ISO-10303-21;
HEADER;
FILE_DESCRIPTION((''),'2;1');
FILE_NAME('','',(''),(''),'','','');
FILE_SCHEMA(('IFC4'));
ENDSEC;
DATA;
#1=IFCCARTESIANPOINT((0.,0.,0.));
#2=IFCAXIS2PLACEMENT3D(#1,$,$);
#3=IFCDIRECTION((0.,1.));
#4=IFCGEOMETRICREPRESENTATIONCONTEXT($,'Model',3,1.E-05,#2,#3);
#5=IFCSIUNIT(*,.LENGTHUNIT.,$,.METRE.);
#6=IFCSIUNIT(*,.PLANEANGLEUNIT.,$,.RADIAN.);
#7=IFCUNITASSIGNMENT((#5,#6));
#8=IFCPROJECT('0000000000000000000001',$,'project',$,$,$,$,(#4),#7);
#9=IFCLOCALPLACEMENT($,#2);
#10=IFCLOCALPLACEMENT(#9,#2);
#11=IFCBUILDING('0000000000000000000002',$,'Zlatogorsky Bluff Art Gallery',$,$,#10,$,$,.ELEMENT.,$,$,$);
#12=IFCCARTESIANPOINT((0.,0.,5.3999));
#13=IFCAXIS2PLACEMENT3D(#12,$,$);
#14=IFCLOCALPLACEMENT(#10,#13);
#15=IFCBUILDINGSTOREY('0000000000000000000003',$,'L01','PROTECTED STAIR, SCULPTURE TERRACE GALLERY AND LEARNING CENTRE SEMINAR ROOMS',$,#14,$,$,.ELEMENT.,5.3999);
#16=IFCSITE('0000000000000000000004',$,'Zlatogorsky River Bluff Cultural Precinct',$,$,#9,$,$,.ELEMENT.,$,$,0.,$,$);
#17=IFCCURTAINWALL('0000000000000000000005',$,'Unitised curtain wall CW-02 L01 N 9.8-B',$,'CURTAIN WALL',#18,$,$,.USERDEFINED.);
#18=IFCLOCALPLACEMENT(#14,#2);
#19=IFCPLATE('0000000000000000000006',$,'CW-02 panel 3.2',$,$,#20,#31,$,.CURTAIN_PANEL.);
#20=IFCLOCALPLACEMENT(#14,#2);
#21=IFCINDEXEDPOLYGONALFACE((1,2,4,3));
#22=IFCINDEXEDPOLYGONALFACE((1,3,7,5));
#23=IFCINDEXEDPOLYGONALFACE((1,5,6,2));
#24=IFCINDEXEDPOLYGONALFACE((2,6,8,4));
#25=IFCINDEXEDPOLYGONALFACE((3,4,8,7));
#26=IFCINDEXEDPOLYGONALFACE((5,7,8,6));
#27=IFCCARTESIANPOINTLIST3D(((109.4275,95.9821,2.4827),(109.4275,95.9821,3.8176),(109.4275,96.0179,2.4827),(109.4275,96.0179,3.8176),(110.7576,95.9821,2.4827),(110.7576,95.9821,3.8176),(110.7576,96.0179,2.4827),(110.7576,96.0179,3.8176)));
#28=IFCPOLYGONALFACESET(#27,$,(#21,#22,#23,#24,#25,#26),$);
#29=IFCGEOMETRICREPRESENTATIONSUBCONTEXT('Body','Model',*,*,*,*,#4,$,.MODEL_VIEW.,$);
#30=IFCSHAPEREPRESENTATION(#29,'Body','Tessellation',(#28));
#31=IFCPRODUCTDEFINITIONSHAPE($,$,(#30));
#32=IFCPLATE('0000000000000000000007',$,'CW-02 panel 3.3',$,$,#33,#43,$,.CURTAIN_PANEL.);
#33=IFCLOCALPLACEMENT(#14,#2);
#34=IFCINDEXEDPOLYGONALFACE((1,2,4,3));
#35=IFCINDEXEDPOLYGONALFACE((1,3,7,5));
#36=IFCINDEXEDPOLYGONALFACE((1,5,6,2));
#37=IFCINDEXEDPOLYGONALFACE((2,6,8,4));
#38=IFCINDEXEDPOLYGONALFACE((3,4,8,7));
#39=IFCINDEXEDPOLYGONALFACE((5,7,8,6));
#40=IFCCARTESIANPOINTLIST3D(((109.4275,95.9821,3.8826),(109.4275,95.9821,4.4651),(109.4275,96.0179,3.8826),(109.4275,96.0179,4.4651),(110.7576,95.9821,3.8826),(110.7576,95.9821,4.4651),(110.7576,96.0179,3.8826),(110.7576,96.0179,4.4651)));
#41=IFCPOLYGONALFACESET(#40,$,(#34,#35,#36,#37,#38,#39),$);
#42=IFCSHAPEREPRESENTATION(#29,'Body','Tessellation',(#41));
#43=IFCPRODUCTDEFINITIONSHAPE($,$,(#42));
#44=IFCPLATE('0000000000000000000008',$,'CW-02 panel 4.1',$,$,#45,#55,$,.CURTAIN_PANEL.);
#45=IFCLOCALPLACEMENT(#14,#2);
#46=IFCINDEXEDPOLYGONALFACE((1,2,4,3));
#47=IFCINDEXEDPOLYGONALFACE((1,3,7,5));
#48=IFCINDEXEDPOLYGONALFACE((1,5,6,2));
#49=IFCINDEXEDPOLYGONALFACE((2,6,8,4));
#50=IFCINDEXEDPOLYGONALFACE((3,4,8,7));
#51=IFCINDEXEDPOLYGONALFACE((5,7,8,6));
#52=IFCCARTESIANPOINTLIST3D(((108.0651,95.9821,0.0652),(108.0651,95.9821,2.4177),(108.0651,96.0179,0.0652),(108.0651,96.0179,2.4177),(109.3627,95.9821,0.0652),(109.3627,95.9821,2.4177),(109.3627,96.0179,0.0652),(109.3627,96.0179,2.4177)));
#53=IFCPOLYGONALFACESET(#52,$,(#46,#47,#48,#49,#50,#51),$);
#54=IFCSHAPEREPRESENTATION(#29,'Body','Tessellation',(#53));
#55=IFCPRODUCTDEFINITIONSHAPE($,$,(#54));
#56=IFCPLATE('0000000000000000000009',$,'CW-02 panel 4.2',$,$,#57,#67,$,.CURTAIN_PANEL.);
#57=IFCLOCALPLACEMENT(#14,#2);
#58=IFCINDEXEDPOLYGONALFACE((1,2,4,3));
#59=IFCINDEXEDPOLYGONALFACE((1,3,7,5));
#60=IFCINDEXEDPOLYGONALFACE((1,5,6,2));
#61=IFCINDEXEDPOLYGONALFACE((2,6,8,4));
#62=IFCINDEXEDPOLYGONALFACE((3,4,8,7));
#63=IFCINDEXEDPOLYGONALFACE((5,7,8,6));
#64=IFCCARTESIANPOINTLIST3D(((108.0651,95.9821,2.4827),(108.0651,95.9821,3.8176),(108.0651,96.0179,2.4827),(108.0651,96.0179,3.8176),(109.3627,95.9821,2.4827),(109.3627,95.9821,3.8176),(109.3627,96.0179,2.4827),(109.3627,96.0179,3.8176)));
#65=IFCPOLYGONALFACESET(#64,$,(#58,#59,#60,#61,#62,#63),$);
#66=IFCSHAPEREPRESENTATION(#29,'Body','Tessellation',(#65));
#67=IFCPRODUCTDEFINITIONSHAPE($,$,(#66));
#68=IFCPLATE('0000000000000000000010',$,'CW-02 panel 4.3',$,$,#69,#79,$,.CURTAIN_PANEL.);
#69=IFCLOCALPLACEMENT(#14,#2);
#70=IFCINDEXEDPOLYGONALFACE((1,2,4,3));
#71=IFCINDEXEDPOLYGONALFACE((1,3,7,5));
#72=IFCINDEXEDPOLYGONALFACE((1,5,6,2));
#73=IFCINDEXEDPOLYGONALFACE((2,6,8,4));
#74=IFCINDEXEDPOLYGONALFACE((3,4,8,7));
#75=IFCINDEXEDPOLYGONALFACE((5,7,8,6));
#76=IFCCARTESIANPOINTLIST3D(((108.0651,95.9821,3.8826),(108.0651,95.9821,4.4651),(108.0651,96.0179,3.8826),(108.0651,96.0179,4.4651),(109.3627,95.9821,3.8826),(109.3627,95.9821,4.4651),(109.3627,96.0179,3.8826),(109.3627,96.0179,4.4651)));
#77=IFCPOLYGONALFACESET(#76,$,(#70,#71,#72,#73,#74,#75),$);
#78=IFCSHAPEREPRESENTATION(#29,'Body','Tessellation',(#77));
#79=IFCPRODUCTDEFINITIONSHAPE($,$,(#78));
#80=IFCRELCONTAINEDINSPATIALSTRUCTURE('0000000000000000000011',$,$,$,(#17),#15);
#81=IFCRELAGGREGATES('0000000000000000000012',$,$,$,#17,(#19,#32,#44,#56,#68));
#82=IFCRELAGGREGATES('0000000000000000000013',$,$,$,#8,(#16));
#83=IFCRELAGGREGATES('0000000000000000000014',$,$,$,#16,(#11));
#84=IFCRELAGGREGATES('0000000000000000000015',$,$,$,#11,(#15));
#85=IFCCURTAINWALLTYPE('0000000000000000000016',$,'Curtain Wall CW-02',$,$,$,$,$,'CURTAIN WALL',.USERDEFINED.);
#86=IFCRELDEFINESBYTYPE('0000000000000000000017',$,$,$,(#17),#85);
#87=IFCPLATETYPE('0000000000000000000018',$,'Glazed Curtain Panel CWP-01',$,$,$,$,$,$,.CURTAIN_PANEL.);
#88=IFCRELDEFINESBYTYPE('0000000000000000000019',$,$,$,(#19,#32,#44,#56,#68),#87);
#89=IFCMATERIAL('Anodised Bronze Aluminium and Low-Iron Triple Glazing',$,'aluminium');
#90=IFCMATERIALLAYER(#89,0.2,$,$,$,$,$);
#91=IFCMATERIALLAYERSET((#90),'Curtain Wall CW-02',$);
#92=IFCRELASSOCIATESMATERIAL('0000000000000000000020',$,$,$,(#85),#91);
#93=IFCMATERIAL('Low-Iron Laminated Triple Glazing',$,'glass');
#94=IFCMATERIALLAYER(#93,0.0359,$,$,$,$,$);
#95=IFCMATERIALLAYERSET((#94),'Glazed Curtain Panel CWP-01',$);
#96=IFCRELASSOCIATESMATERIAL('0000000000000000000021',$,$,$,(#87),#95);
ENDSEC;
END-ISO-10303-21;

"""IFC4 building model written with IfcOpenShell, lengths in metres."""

from ifc_helpers import new_model, si_unit, direction, frame, origin, origin_2d, place, context, subcontext, project, spatial, rectangle, extrude, material, layer, layer_set, type_object, element, aggregate, save


model = new_model("IFC4")

# Units and contexts
model_context = context("Model", 3, precision=1e-05, world=origin(), true_north=direction((0.0, 1.0)))
body_context = subcontext(model_context, "Body", "Model", "MODEL_VIEW")
ifc_project = project(units=[si_unit("LENGTHUNIT", "METRE"), si_unit("PLANEANGLEUNIT", "RADIAN")], contexts=[model_context])

# Site, building, storey
site_placement = place(None, origin())
site = spatial("IfcSite", under=ifc_project, at=site_placement, Name="Zlatogorsky River Bluff Cultural Precinct", CompositionType="ELEMENT", RefElevation=0.0)
building_placement = place(site_placement, origin())
building = spatial("IfcBuilding", under=site, at=building_placement, Name="Zlatogorsky Bluff Art Gallery", CompositionType="ELEMENT")
storey_placement = place(building_placement, frame((0.0, 0.0, 5.3999)))
storey = spatial("IfcBuildingStorey", under=building, at=storey_placement, Name="L01", Description="PROTECTED STAIR, SCULPTURE TERRACE GALLERY AND LEARNING CENTRE SEMINAR ROOMS", CompositionType="ELEMENT", Elevation=5.3999)

# Shared definitions
ifc_material_1 = material(Name="Anodised Bronze Aluminium and Low-Iron Triple Glazing", Category="aluminium")
ifc_layer_1 = layer(ifc_material_1, 0.2)
ifc_layer_set_1 = layer_set([ifc_layer_1], Name="Curtain Wall CW-02")
curtain_wall_type = type_object("IfcCurtainWallType", Name="Curtain Wall CW-02", ElementType="CURTAIN WALL", PredefinedType="USERDEFINED", material=ifc_layer_set_1)

# Curtain wall
curtain_wall_1_placement = place(storey_placement, origin())
curtain_wall_1 = element("IfcCurtainWall", 1, at=curtain_wall_1_placement, inside=storey, type_object=curtain_wall_type, Name="Unitised curtain wall CW-02 L01 N 9.8-B", ObjectType="CURTAIN WALL", PredefinedType="USERDEFINED")

# Plates
ifc_material_2 = material(Name="Low-Iron Laminated Triple Glazing", Category="glass")
ifc_layer_2 = layer(ifc_material_2, 0.0359)
ifc_layer_set_2 = layer_set([ifc_layer_2], Name="Glazed Curtain Panel CWP-01")
plate_type = type_object("IfcPlateType", Name="Glazed Curtain Panel CWP-01", PredefinedType="CURTAIN_PANEL", material=ifc_layer_set_2)
plate_1_placement = place(storey_placement, frame((110.0925, 96.0, 2.4827), z_axis=(0.0, 0.0, 1.0), x_axis=(-1.0, 0.0, 0.0)))
plate_1 = element("IfcPlate", 2, at=plate_1_placement, type_object=plate_type, Name="CW-02 panel 3.2", PredefinedType="CURTAIN_PANEL", context=body_context, shape_type="SweptSolid", body=[
    extrude(rectangle(XDim=1.3301, YDim=0.0359, at=origin_2d()), origin(), (0.0, 0.0, 1.0), 1.335),
])
plate_2_placement = place(storey_placement, frame((110.0925, 96.0, 3.8826), z_axis=(0.0, 0.0, 1.0), x_axis=(-1.0, 0.0, 0.0)))
plate_2 = element("IfcPlate", 3, at=plate_2_placement, type_object=plate_type, Name="CW-02 panel 3.3", PredefinedType="CURTAIN_PANEL", context=body_context, shape_type="SweptSolid", body=[
    extrude(rectangle(XDim=1.3301, YDim=0.0359, at=origin_2d()), origin(), (0.0, 0.0, 1.0), 0.5825),
])
plate_3_placement = place(storey_placement, frame((108.7139, 96.0, 0.0652), z_axis=(0.0, 0.0, 1.0), x_axis=(-1.0, 0.0, 0.0)))
plate_3 = element("IfcPlate", 4, at=plate_3_placement, type_object=plate_type, Name="CW-02 panel 4.1", PredefinedType="CURTAIN_PANEL", context=body_context, shape_type="SweptSolid", body=[
    extrude(rectangle(XDim=1.2976, YDim=0.0359, at=origin_2d()), origin(), (0.0, 0.0, 1.0), 2.3525),
])
plate_4_placement = place(storey_placement, frame((108.7139, 96.0, 2.4827), z_axis=(0.0, 0.0, 1.0), x_axis=(-1.0, 0.0, 0.0)))
plate_4 = element("IfcPlate", 5, at=plate_4_placement, type_object=plate_type, Name="CW-02 panel 4.2", PredefinedType="CURTAIN_PANEL", context=body_context, shape_type="SweptSolid", body=[
    extrude(rectangle(XDim=1.2976, YDim=0.0359, at=origin_2d()), origin(), (0.0, 0.0, 1.0), 1.335),
])
plate_5_placement = place(storey_placement, frame((108.7139, 96.0, 3.8826), z_axis=(0.0, 0.0, 1.0), x_axis=(-1.0, 0.0, 0.0)))
plate_5 = element("IfcPlate", 6, at=plate_5_placement, type_object=plate_type, Name="CW-02 panel 4.3", PredefinedType="CURTAIN_PANEL", context=body_context, shape_type="SweptSolid", body=[
    extrude(rectangle(XDim=1.2976, YDim=0.0359, at=origin_2d()), origin(), (0.0, 0.0, 1.0), 0.5825),
])
aggregate(curtain_wall_1, [plate_1, plate_2, plate_3, plate_4, plate_5])

save(model, "model.ifc")
